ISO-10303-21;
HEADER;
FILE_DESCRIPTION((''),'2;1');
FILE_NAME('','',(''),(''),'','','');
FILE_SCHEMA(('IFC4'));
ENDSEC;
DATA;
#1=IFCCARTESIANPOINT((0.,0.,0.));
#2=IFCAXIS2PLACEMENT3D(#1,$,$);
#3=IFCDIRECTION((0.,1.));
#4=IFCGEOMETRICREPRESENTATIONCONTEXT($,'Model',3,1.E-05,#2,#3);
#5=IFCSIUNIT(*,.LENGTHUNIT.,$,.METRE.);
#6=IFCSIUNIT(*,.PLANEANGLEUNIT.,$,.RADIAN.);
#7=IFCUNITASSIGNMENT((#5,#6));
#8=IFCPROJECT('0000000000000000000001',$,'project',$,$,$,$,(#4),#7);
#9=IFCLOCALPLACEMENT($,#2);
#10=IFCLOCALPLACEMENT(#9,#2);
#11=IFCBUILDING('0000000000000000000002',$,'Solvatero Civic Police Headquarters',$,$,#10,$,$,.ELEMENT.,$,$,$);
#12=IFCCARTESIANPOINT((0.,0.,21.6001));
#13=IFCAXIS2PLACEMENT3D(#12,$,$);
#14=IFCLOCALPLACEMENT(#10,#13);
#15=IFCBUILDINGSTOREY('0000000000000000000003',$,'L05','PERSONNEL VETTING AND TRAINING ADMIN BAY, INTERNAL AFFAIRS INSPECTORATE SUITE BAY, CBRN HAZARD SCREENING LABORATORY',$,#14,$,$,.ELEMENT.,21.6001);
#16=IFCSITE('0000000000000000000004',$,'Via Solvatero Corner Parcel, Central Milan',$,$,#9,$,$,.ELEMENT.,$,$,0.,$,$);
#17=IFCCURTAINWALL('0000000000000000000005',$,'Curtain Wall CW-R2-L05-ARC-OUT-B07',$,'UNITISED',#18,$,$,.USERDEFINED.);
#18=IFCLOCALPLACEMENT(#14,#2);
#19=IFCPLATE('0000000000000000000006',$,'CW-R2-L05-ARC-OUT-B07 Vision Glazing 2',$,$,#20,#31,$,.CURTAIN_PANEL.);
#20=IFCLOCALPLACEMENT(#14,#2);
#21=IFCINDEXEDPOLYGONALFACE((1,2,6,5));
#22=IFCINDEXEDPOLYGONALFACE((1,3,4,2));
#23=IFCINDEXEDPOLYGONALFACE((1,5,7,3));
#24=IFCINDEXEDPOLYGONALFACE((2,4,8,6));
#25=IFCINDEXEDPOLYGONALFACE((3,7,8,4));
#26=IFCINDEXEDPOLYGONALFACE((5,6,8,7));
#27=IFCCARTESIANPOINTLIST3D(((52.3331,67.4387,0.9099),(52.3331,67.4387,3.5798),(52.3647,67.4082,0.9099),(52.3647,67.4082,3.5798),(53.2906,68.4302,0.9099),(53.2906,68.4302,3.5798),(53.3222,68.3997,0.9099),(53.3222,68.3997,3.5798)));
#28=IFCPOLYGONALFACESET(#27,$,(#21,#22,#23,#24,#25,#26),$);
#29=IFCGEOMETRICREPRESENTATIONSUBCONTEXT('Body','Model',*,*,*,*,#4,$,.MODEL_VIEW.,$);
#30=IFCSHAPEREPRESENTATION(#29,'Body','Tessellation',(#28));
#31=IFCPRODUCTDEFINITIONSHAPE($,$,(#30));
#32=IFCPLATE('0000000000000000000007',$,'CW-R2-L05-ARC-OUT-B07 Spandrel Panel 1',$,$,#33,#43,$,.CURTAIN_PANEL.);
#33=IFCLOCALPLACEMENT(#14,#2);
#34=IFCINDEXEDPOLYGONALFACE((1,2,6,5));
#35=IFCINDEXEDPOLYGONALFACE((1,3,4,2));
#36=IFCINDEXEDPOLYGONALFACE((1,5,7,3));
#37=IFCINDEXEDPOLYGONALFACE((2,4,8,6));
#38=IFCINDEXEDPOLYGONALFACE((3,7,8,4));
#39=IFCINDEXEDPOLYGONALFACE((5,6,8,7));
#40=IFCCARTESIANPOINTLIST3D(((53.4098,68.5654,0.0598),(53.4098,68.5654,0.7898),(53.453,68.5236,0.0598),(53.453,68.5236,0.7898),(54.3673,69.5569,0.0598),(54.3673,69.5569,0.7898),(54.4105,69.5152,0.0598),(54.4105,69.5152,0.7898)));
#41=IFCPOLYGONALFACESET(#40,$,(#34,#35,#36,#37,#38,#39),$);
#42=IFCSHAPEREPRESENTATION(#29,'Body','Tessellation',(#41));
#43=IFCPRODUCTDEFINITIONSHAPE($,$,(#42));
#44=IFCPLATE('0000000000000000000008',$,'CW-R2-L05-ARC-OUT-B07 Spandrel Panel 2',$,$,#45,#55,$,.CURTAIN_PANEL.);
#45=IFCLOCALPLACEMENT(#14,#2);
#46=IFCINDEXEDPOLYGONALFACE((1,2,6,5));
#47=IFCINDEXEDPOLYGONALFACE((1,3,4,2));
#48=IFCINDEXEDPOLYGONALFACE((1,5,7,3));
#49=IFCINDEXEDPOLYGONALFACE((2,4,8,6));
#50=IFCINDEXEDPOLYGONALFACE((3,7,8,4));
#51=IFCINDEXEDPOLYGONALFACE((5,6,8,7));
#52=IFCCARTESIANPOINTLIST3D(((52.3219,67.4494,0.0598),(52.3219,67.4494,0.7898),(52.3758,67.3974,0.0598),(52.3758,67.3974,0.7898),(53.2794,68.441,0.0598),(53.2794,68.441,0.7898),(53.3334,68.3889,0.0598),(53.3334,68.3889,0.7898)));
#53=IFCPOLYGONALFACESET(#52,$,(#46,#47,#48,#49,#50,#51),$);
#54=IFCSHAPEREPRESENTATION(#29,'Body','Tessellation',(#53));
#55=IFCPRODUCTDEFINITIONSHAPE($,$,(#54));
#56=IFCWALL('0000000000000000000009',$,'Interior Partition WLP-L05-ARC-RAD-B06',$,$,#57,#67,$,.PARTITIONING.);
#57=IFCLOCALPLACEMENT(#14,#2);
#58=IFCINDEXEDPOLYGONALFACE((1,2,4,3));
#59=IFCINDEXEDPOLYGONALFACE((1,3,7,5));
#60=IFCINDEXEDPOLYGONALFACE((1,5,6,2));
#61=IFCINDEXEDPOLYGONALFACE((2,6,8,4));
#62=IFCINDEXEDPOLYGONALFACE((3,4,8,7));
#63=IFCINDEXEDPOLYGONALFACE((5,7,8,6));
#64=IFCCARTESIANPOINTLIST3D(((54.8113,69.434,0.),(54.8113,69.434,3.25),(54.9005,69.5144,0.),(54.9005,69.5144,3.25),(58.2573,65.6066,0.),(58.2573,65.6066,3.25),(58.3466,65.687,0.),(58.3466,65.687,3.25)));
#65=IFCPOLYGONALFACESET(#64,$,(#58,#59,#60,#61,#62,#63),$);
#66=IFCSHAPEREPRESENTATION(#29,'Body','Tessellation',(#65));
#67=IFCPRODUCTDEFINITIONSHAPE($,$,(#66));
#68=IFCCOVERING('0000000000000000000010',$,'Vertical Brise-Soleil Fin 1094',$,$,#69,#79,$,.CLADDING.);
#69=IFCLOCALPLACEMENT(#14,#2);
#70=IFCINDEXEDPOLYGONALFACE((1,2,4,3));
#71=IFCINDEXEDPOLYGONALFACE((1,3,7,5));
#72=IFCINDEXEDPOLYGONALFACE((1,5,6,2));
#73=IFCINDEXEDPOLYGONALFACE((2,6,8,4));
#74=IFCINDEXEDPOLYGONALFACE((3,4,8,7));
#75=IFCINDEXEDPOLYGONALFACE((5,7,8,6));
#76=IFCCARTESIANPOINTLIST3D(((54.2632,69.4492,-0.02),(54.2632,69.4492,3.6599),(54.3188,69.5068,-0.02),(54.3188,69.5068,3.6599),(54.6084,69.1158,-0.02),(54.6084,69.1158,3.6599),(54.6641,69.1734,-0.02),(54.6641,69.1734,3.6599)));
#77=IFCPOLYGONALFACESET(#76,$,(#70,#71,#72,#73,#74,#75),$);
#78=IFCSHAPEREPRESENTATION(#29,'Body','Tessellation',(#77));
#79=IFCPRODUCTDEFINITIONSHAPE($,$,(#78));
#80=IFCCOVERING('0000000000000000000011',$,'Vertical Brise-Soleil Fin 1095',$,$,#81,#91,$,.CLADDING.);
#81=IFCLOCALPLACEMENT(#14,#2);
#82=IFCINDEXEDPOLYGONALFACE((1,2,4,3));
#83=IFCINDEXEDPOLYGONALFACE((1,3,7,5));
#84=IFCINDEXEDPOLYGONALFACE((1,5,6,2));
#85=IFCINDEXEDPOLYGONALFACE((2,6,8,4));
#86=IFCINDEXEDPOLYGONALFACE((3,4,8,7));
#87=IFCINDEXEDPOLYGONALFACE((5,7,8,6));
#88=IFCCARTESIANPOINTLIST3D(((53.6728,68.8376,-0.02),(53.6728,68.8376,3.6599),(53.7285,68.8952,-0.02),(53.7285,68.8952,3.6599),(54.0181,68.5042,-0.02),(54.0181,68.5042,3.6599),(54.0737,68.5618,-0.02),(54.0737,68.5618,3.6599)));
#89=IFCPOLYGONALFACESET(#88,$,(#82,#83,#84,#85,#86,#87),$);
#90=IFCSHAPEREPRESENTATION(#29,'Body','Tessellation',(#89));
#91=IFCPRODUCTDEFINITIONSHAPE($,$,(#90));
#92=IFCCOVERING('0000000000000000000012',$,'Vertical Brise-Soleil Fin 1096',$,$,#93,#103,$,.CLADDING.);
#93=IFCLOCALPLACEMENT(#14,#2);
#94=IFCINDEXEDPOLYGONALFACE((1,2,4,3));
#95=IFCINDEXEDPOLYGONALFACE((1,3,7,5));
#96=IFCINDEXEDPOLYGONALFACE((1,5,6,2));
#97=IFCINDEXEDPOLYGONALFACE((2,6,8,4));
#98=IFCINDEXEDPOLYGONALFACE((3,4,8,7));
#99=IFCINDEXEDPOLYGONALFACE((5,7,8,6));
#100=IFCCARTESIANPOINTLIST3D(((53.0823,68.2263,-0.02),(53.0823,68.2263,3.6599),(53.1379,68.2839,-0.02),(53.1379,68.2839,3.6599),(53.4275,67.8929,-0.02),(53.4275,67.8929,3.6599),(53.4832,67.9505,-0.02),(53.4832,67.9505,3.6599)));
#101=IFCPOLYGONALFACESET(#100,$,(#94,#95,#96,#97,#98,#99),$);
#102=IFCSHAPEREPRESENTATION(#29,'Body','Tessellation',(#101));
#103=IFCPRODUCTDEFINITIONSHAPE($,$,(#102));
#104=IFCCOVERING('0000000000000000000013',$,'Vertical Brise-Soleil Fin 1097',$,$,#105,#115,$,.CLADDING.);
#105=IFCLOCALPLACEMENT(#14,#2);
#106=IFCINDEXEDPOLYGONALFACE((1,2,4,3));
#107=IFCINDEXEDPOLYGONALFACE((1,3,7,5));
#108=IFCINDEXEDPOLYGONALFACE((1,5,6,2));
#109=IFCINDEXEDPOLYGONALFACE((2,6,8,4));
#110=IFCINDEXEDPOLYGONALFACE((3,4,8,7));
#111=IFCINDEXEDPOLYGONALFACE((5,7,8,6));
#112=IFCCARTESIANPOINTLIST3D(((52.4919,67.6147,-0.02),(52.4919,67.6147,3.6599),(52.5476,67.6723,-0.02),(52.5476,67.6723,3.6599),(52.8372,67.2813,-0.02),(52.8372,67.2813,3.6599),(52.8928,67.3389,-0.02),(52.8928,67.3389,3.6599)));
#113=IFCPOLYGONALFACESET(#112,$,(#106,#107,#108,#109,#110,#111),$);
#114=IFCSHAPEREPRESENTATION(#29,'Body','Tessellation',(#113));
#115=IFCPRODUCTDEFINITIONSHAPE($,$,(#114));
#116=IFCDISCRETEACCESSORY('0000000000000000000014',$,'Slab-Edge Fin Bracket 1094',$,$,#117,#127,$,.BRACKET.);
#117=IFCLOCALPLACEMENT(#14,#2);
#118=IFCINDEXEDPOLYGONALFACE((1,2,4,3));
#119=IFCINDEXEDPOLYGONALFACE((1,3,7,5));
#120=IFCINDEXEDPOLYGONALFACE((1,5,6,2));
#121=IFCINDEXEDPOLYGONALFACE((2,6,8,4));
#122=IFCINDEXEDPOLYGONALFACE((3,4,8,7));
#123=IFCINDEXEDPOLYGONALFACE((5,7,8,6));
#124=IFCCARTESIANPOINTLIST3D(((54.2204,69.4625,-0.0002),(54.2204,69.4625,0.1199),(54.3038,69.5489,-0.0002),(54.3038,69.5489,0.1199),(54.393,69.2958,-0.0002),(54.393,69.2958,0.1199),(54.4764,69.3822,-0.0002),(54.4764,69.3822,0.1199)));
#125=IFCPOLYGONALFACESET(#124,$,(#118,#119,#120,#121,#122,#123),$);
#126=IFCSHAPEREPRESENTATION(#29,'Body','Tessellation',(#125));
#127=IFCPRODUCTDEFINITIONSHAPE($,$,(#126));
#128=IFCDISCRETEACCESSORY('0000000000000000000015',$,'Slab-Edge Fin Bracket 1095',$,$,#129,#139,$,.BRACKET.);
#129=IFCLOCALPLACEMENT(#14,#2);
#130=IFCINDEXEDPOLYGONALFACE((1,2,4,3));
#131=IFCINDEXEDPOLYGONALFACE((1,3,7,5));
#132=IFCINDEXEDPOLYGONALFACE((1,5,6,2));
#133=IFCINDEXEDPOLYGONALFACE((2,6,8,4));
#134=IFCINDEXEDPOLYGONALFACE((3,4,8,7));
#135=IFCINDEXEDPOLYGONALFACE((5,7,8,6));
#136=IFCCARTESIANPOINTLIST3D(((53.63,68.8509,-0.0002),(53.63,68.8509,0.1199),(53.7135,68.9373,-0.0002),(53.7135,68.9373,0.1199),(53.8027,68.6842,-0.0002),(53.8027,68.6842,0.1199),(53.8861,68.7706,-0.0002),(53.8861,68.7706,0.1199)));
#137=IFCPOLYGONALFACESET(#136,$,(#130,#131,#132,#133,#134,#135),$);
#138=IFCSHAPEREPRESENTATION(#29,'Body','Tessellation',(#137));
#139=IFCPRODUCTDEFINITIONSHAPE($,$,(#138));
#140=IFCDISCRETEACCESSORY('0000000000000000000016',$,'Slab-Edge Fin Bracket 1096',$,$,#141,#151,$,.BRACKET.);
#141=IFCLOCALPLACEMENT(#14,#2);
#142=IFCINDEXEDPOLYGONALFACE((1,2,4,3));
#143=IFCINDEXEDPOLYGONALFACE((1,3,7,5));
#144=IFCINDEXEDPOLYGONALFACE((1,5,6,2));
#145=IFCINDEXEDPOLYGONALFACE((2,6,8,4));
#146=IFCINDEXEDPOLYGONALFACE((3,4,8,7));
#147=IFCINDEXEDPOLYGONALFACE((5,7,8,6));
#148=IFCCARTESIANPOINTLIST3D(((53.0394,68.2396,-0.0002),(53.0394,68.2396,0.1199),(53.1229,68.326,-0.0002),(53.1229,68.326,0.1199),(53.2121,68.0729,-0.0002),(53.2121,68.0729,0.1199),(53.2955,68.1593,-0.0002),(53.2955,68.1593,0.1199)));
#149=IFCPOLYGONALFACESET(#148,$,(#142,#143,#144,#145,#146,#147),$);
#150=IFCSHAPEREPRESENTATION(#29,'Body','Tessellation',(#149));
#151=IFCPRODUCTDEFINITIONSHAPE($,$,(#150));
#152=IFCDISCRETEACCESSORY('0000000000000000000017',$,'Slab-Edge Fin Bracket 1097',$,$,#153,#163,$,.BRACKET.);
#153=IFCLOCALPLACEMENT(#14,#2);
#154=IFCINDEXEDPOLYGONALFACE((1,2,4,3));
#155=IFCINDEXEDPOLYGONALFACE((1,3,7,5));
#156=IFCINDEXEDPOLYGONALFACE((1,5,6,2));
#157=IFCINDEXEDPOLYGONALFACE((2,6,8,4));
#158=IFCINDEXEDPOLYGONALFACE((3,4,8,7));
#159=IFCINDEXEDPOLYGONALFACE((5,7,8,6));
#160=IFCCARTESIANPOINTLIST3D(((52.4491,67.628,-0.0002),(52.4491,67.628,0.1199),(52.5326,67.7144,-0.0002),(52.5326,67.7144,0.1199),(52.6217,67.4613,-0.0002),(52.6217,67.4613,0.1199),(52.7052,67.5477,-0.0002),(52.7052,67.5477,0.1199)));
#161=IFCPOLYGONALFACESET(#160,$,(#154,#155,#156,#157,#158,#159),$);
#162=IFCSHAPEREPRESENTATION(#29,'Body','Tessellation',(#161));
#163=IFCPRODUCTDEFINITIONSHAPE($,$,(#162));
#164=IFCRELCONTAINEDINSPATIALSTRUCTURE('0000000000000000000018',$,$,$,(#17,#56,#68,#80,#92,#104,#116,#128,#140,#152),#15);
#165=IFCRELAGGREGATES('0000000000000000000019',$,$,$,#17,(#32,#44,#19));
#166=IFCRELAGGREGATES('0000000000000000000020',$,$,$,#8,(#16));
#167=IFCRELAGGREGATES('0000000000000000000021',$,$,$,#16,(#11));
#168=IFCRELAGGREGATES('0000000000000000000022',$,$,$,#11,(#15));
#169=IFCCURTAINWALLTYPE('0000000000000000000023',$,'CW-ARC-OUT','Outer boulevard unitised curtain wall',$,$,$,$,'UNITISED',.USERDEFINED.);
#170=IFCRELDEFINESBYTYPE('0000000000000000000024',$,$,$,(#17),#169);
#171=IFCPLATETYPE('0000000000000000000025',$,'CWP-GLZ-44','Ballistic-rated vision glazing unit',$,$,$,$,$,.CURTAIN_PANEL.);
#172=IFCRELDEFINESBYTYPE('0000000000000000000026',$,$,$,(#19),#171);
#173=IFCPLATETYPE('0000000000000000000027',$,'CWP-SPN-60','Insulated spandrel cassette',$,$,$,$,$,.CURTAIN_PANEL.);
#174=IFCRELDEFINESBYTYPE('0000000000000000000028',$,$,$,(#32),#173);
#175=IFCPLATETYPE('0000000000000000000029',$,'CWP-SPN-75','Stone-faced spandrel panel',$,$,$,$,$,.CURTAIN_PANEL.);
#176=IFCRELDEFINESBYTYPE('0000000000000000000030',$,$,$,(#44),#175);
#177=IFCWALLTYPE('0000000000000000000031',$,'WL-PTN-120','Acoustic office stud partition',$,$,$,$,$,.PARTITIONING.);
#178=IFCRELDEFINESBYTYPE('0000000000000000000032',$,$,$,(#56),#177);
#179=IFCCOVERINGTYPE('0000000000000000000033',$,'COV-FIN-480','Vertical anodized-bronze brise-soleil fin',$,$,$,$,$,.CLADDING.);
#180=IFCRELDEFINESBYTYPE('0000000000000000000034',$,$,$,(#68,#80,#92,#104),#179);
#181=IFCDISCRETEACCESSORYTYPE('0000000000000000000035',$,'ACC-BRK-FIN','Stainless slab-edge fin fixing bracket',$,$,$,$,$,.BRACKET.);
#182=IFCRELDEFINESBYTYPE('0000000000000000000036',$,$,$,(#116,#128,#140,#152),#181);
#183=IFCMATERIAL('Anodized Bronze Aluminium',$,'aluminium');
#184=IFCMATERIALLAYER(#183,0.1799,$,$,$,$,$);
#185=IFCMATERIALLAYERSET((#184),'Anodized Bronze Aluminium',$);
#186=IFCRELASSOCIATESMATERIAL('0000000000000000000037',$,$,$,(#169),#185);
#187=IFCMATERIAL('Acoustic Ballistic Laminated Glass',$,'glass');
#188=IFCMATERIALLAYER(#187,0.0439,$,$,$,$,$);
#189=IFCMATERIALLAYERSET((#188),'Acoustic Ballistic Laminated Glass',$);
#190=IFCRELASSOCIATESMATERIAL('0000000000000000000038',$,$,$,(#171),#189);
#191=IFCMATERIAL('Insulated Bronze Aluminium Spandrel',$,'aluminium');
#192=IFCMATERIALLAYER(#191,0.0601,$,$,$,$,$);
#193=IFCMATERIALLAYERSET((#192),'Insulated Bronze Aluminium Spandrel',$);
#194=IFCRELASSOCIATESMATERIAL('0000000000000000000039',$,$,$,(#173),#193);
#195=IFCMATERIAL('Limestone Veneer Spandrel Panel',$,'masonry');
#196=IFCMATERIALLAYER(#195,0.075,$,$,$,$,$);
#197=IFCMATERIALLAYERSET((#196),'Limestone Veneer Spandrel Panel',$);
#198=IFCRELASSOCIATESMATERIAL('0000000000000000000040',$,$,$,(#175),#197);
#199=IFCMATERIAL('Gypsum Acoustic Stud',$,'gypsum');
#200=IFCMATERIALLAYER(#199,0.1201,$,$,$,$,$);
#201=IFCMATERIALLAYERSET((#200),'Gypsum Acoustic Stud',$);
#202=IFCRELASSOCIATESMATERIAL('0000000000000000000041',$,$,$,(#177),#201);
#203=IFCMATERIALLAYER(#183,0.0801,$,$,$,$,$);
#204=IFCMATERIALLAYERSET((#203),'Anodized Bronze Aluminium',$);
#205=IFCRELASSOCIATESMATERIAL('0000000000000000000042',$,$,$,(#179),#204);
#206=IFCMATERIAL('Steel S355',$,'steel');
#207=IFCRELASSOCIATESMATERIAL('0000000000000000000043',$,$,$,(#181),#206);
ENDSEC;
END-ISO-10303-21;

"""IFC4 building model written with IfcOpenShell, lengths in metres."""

from ifc_helpers import new_model, si_unit, direction, frame, frame_2d, origin, origin_2d, place, context, subcontext, project, spatial, rectangle, extrude, material, layer, layer_set, type_object, element, aggregate, save


model = new_model("IFC4")

# Units and contexts
model_context = context("Model", 3, precision=1e-05, world=origin(), true_north=direction((0.0, 1.0)))
body_context = subcontext(model_context, "Body", "Model", "MODEL_VIEW")
ifc_project = project(units=[si_unit("LENGTHUNIT", "METRE"), si_unit("PLANEANGLEUNIT", "RADIAN")], contexts=[model_context])

# Site, building, storey
site_placement = place(None, origin())
site = spatial("IfcSite", under=ifc_project, at=site_placement, Name="Via Solvatero Corner Parcel, Central Milan", CompositionType="ELEMENT", RefElevation=0.0)
building_placement = place(site_placement, origin())
building = spatial("IfcBuilding", under=site, at=building_placement, Name="Solvatero Civic Police Headquarters", CompositionType="ELEMENT")
storey_placement = place(building_placement, frame((0.0, 0.0, 21.6001)))
storey = spatial("IfcBuildingStorey", under=building, at=storey_placement, Name="L05", Description="PERSONNEL VETTING AND TRAINING ADMIN BAY, INTERNAL AFFAIRS INSPECTORATE SUITE BAY, CBRN HAZARD SCREENING LABORATORY", CompositionType="ELEMENT", Elevation=21.6001)

# Shared definitions
ifc_material_1 = material(Name="Steel S355", Category="steel")

# Curtain wall, plates
ifc_material_2 = material(Name="Anodized Bronze Aluminium", Category="aluminium")
ifc_layer_1 = layer(ifc_material_2, 0.1799)
ifc_layer_set_1 = layer_set([ifc_layer_1], Name="Anodized Bronze Aluminium")
curtain_wall_type = type_object("IfcCurtainWallType", Name="CW-ARC-OUT", Description="Outer boulevard unitised curtain wall", ElementType="UNITISED", PredefinedType="USERDEFINED", material=ifc_layer_set_1)
curtain_wall_placement = place(storey_placement, origin())
curtain_wall = element("IfcCurtainWall", 1, at=curtain_wall_placement, inside=storey, type_object=curtain_wall_type, Name="Curtain Wall CW-R2-L05-ARC-OUT-B07", ObjectType="UNITISED", PredefinedType="USERDEFINED")
ifc_material_3 = material(Name="Acoustic Ballistic Laminated Glass", Category="glass")
ifc_layer_2 = layer(ifc_material_3, 0.0439)
ifc_layer_set_2 = layer_set([ifc_layer_2], Name="Acoustic Ballistic Laminated Glass")
plate_type_1 = type_object("IfcPlateType", Name="CWP-GLZ-44", Description="Ballistic-rated vision glazing unit", PredefinedType="CURTAIN_PANEL", material=ifc_layer_set_2)
plate_1_placement = place(storey_placement, frame((52.8276, 67.9192, 0.9099), z_axis=(0.0, 0.0, 1.0), x_axis=(-0.694658, -0.71934, 0.0)))
plate_1 = element("IfcPlate", 2, at=plate_1_placement, type_object=plate_type_1, Name="CW-R2-L05-ARC-OUT-B07 Vision Glazing 2", PredefinedType="CURTAIN_PANEL", context=body_context, shape_type="SweptSolid", body=[
    extrude(rectangle(XDim=1.3784, YDim=0.0439, at=origin_2d()), origin(), (0.0, 0.0, 1.0), 2.6699),
])
ifc_material_4 = material(Name="Insulated Bronze Aluminium Spandrel", Category="aluminium")
ifc_layer_3 = layer(ifc_material_4, 0.0601)
ifc_layer_set_3 = layer_set([ifc_layer_3], Name="Insulated Bronze Aluminium Spandrel")
plate_type_2 = type_object("IfcPlateType", Name="CWP-SPN-60", Description="Insulated spandrel cassette", PredefinedType="CURTAIN_PANEL", material=ifc_layer_set_3)
plate_2_placement = place(storey_placement, frame((53.9102, 69.0403, 0.0598), z_axis=(0.0, 0.0, 1.0), x_axis=(-0.694658, -0.71934, 0.0)))
plate_2 = element("IfcPlate", 3, at=plate_2_placement, type_object=plate_type_2, Name="CW-R2-L05-ARC-OUT-B07 Spandrel Panel 1", PredefinedType="CURTAIN_PANEL", context=body_context, shape_type="SweptSolid", body=[
    extrude(rectangle(XDim=1.3784, YDim=0.0601, at=origin_2d()), origin(), (0.0, 0.0, 1.0), 0.73),
])
ifc_material_5 = material(Name="Limestone Veneer Spandrel Panel", Category="masonry")
ifc_layer_4 = layer(ifc_material_5, 0.075)
ifc_layer_set_4 = layer_set([ifc_layer_4], Name="Limestone Veneer Spandrel Panel")
plate_type_3 = type_object("IfcPlateType", Name="CWP-SPN-75", Description="Stone-faced spandrel panel", PredefinedType="CURTAIN_PANEL", material=ifc_layer_set_4)
plate_3_placement = place(storey_placement, frame((52.8276, 67.9192, 0.0598), z_axis=(0.0, 0.0, 1.0), x_axis=(-0.694658, -0.71934, 0.0)))
plate_3 = element("IfcPlate", 4, at=plate_3_placement, type_object=plate_type_3, Name="CW-R2-L05-ARC-OUT-B07 Spandrel Panel 2", PredefinedType="CURTAIN_PANEL", context=body_context, shape_type="SweptSolid", body=[
    extrude(rectangle(XDim=1.3784, YDim=0.075, at=origin_2d()), origin(), (0.0, 0.0, 1.0), 0.73),
])
aggregate(curtain_wall, [plate_2, plate_3, plate_1])

# Wall
ifc_material_6 = material(Name="Gypsum Acoustic Stud", Category="gypsum")
ifc_layer_5 = layer(ifc_material_6, 0.1201)
ifc_layer_set_5 = layer_set([ifc_layer_5], Name="Gypsum Acoustic Stud")
wall_type = type_object("IfcWallType", Name="WL-PTN-120", Description="Acoustic office stud partition", PredefinedType="PARTITIONING", material=ifc_layer_set_5)
wall_placement = place(storey_placement, frame((58.302, 65.6467, 0.0), z_axis=(0.0, 0.0, 1.0), x_axis=(-0.669114, 0.74316, 0.0)))
element("IfcWall", 5, at=wall_placement, inside=storey, type_object=wall_type, Name="Interior Partition WLP-L05-ARC-RAD-B06", PredefinedType="PARTITIONING", context=body_context, shape_type="SweptSolid", body=[
    extrude(rectangle(XDim=5.1501, YDim=0.1201, at=frame_2d((2.5752, 0.0))), origin(), (0.0, 0.0, 1.0), 3.25),
])

# Coverings
ifc_layer_6 = layer(ifc_material_2, 0.0801)
ifc_layer_set_6 = layer_set([ifc_layer_6], Name="Anodized Bronze Aluminium")
covering_type = type_object("IfcCoveringType", Name="COV-FIN-480", Description="Vertical anodized-bronze brise-soleil fin", PredefinedType="CLADDING", material=ifc_layer_set_6)
for number, where, z_axis, x_axis, name in (
    (6, (54.4636, 69.3113, -0.02), (0.0, 0.0, 1.0), (-0.694658, -0.71934, 0.0), "Vertical Brise-Soleil Fin 1094"),
    (7, (53.8733, 68.6997, -0.02), (0.0, 0.0, 1.0), (-0.694658, -0.71934, 0.0), "Vertical Brise-Soleil Fin 1095"),
    (8, (53.2827, 68.0884, -0.02), (0.0, 0.0, 1.0), (-0.694658, -0.71934, 0.0), "Vertical Brise-Soleil Fin 1096"),
    (9, (52.6924, 67.4768, -0.02), (0.0, 0.0, 1.0), (-0.694658, -0.71934, 0.0), "Vertical Brise-Soleil Fin 1097"),
):
    element("IfcCovering", number, at=place(storey_placement, frame(where, z_axis=z_axis, x_axis=x_axis)), inside=storey, type_object=covering_type, Name=name, PredefinedType="CLADDING", context=body_context, shape_type="SweptSolid", body=[
        extrude(rectangle(XDim=0.0801, YDim=0.48, at=origin_2d()), origin(), (0.0, 0.0, 1.0), 3.6799),
    ])

# Discrete accessories
discrete_accessory_type = type_object("IfcDiscreteAccessoryType", Name="ACC-BRK-FIN", Description="Stainless slab-edge fin fixing bracket", PredefinedType="BRACKET", material=ifc_material_1)
for number, where, z_axis, x_axis, name in (
    (10, (54.3484, 69.4224, -0.0002), (0.0, 0.0, 1.0), (-0.694658, -0.71934, 0.0), "Slab-Edge Fin Bracket 1094"),
    (11, (53.7581, 68.8108, -0.0002), (0.0, 0.0, 1.0), (-0.694658, -0.71934, 0.0), "Slab-Edge Fin Bracket 1095"),
    (12, (53.1675, 68.1995, -0.0002), (0.0, 0.0, 1.0), (-0.694658, -0.71934, 0.0), "Slab-Edge Fin Bracket 1096"),
    (13, (52.5771, 67.5879, -0.0002), (0.0, 0.0, 1.0), (-0.694658, -0.71934, 0.0), "Slab-Edge Fin Bracket 1097"),
):
    element("IfcDiscreteAccessory", number, at=place(storey_placement, frame(where, z_axis=z_axis, x_axis=x_axis)), inside=storey, type_object=discrete_accessory_type, Name=name, PredefinedType="BRACKET", context=body_context, shape_type="SweptSolid", body=[
        extrude(rectangle(XDim=0.1201, YDim=0.24, at=origin_2d()), origin(), (0.0, 0.0, 1.0), 0.1201),
    ])

save(model, "model.ifc")
